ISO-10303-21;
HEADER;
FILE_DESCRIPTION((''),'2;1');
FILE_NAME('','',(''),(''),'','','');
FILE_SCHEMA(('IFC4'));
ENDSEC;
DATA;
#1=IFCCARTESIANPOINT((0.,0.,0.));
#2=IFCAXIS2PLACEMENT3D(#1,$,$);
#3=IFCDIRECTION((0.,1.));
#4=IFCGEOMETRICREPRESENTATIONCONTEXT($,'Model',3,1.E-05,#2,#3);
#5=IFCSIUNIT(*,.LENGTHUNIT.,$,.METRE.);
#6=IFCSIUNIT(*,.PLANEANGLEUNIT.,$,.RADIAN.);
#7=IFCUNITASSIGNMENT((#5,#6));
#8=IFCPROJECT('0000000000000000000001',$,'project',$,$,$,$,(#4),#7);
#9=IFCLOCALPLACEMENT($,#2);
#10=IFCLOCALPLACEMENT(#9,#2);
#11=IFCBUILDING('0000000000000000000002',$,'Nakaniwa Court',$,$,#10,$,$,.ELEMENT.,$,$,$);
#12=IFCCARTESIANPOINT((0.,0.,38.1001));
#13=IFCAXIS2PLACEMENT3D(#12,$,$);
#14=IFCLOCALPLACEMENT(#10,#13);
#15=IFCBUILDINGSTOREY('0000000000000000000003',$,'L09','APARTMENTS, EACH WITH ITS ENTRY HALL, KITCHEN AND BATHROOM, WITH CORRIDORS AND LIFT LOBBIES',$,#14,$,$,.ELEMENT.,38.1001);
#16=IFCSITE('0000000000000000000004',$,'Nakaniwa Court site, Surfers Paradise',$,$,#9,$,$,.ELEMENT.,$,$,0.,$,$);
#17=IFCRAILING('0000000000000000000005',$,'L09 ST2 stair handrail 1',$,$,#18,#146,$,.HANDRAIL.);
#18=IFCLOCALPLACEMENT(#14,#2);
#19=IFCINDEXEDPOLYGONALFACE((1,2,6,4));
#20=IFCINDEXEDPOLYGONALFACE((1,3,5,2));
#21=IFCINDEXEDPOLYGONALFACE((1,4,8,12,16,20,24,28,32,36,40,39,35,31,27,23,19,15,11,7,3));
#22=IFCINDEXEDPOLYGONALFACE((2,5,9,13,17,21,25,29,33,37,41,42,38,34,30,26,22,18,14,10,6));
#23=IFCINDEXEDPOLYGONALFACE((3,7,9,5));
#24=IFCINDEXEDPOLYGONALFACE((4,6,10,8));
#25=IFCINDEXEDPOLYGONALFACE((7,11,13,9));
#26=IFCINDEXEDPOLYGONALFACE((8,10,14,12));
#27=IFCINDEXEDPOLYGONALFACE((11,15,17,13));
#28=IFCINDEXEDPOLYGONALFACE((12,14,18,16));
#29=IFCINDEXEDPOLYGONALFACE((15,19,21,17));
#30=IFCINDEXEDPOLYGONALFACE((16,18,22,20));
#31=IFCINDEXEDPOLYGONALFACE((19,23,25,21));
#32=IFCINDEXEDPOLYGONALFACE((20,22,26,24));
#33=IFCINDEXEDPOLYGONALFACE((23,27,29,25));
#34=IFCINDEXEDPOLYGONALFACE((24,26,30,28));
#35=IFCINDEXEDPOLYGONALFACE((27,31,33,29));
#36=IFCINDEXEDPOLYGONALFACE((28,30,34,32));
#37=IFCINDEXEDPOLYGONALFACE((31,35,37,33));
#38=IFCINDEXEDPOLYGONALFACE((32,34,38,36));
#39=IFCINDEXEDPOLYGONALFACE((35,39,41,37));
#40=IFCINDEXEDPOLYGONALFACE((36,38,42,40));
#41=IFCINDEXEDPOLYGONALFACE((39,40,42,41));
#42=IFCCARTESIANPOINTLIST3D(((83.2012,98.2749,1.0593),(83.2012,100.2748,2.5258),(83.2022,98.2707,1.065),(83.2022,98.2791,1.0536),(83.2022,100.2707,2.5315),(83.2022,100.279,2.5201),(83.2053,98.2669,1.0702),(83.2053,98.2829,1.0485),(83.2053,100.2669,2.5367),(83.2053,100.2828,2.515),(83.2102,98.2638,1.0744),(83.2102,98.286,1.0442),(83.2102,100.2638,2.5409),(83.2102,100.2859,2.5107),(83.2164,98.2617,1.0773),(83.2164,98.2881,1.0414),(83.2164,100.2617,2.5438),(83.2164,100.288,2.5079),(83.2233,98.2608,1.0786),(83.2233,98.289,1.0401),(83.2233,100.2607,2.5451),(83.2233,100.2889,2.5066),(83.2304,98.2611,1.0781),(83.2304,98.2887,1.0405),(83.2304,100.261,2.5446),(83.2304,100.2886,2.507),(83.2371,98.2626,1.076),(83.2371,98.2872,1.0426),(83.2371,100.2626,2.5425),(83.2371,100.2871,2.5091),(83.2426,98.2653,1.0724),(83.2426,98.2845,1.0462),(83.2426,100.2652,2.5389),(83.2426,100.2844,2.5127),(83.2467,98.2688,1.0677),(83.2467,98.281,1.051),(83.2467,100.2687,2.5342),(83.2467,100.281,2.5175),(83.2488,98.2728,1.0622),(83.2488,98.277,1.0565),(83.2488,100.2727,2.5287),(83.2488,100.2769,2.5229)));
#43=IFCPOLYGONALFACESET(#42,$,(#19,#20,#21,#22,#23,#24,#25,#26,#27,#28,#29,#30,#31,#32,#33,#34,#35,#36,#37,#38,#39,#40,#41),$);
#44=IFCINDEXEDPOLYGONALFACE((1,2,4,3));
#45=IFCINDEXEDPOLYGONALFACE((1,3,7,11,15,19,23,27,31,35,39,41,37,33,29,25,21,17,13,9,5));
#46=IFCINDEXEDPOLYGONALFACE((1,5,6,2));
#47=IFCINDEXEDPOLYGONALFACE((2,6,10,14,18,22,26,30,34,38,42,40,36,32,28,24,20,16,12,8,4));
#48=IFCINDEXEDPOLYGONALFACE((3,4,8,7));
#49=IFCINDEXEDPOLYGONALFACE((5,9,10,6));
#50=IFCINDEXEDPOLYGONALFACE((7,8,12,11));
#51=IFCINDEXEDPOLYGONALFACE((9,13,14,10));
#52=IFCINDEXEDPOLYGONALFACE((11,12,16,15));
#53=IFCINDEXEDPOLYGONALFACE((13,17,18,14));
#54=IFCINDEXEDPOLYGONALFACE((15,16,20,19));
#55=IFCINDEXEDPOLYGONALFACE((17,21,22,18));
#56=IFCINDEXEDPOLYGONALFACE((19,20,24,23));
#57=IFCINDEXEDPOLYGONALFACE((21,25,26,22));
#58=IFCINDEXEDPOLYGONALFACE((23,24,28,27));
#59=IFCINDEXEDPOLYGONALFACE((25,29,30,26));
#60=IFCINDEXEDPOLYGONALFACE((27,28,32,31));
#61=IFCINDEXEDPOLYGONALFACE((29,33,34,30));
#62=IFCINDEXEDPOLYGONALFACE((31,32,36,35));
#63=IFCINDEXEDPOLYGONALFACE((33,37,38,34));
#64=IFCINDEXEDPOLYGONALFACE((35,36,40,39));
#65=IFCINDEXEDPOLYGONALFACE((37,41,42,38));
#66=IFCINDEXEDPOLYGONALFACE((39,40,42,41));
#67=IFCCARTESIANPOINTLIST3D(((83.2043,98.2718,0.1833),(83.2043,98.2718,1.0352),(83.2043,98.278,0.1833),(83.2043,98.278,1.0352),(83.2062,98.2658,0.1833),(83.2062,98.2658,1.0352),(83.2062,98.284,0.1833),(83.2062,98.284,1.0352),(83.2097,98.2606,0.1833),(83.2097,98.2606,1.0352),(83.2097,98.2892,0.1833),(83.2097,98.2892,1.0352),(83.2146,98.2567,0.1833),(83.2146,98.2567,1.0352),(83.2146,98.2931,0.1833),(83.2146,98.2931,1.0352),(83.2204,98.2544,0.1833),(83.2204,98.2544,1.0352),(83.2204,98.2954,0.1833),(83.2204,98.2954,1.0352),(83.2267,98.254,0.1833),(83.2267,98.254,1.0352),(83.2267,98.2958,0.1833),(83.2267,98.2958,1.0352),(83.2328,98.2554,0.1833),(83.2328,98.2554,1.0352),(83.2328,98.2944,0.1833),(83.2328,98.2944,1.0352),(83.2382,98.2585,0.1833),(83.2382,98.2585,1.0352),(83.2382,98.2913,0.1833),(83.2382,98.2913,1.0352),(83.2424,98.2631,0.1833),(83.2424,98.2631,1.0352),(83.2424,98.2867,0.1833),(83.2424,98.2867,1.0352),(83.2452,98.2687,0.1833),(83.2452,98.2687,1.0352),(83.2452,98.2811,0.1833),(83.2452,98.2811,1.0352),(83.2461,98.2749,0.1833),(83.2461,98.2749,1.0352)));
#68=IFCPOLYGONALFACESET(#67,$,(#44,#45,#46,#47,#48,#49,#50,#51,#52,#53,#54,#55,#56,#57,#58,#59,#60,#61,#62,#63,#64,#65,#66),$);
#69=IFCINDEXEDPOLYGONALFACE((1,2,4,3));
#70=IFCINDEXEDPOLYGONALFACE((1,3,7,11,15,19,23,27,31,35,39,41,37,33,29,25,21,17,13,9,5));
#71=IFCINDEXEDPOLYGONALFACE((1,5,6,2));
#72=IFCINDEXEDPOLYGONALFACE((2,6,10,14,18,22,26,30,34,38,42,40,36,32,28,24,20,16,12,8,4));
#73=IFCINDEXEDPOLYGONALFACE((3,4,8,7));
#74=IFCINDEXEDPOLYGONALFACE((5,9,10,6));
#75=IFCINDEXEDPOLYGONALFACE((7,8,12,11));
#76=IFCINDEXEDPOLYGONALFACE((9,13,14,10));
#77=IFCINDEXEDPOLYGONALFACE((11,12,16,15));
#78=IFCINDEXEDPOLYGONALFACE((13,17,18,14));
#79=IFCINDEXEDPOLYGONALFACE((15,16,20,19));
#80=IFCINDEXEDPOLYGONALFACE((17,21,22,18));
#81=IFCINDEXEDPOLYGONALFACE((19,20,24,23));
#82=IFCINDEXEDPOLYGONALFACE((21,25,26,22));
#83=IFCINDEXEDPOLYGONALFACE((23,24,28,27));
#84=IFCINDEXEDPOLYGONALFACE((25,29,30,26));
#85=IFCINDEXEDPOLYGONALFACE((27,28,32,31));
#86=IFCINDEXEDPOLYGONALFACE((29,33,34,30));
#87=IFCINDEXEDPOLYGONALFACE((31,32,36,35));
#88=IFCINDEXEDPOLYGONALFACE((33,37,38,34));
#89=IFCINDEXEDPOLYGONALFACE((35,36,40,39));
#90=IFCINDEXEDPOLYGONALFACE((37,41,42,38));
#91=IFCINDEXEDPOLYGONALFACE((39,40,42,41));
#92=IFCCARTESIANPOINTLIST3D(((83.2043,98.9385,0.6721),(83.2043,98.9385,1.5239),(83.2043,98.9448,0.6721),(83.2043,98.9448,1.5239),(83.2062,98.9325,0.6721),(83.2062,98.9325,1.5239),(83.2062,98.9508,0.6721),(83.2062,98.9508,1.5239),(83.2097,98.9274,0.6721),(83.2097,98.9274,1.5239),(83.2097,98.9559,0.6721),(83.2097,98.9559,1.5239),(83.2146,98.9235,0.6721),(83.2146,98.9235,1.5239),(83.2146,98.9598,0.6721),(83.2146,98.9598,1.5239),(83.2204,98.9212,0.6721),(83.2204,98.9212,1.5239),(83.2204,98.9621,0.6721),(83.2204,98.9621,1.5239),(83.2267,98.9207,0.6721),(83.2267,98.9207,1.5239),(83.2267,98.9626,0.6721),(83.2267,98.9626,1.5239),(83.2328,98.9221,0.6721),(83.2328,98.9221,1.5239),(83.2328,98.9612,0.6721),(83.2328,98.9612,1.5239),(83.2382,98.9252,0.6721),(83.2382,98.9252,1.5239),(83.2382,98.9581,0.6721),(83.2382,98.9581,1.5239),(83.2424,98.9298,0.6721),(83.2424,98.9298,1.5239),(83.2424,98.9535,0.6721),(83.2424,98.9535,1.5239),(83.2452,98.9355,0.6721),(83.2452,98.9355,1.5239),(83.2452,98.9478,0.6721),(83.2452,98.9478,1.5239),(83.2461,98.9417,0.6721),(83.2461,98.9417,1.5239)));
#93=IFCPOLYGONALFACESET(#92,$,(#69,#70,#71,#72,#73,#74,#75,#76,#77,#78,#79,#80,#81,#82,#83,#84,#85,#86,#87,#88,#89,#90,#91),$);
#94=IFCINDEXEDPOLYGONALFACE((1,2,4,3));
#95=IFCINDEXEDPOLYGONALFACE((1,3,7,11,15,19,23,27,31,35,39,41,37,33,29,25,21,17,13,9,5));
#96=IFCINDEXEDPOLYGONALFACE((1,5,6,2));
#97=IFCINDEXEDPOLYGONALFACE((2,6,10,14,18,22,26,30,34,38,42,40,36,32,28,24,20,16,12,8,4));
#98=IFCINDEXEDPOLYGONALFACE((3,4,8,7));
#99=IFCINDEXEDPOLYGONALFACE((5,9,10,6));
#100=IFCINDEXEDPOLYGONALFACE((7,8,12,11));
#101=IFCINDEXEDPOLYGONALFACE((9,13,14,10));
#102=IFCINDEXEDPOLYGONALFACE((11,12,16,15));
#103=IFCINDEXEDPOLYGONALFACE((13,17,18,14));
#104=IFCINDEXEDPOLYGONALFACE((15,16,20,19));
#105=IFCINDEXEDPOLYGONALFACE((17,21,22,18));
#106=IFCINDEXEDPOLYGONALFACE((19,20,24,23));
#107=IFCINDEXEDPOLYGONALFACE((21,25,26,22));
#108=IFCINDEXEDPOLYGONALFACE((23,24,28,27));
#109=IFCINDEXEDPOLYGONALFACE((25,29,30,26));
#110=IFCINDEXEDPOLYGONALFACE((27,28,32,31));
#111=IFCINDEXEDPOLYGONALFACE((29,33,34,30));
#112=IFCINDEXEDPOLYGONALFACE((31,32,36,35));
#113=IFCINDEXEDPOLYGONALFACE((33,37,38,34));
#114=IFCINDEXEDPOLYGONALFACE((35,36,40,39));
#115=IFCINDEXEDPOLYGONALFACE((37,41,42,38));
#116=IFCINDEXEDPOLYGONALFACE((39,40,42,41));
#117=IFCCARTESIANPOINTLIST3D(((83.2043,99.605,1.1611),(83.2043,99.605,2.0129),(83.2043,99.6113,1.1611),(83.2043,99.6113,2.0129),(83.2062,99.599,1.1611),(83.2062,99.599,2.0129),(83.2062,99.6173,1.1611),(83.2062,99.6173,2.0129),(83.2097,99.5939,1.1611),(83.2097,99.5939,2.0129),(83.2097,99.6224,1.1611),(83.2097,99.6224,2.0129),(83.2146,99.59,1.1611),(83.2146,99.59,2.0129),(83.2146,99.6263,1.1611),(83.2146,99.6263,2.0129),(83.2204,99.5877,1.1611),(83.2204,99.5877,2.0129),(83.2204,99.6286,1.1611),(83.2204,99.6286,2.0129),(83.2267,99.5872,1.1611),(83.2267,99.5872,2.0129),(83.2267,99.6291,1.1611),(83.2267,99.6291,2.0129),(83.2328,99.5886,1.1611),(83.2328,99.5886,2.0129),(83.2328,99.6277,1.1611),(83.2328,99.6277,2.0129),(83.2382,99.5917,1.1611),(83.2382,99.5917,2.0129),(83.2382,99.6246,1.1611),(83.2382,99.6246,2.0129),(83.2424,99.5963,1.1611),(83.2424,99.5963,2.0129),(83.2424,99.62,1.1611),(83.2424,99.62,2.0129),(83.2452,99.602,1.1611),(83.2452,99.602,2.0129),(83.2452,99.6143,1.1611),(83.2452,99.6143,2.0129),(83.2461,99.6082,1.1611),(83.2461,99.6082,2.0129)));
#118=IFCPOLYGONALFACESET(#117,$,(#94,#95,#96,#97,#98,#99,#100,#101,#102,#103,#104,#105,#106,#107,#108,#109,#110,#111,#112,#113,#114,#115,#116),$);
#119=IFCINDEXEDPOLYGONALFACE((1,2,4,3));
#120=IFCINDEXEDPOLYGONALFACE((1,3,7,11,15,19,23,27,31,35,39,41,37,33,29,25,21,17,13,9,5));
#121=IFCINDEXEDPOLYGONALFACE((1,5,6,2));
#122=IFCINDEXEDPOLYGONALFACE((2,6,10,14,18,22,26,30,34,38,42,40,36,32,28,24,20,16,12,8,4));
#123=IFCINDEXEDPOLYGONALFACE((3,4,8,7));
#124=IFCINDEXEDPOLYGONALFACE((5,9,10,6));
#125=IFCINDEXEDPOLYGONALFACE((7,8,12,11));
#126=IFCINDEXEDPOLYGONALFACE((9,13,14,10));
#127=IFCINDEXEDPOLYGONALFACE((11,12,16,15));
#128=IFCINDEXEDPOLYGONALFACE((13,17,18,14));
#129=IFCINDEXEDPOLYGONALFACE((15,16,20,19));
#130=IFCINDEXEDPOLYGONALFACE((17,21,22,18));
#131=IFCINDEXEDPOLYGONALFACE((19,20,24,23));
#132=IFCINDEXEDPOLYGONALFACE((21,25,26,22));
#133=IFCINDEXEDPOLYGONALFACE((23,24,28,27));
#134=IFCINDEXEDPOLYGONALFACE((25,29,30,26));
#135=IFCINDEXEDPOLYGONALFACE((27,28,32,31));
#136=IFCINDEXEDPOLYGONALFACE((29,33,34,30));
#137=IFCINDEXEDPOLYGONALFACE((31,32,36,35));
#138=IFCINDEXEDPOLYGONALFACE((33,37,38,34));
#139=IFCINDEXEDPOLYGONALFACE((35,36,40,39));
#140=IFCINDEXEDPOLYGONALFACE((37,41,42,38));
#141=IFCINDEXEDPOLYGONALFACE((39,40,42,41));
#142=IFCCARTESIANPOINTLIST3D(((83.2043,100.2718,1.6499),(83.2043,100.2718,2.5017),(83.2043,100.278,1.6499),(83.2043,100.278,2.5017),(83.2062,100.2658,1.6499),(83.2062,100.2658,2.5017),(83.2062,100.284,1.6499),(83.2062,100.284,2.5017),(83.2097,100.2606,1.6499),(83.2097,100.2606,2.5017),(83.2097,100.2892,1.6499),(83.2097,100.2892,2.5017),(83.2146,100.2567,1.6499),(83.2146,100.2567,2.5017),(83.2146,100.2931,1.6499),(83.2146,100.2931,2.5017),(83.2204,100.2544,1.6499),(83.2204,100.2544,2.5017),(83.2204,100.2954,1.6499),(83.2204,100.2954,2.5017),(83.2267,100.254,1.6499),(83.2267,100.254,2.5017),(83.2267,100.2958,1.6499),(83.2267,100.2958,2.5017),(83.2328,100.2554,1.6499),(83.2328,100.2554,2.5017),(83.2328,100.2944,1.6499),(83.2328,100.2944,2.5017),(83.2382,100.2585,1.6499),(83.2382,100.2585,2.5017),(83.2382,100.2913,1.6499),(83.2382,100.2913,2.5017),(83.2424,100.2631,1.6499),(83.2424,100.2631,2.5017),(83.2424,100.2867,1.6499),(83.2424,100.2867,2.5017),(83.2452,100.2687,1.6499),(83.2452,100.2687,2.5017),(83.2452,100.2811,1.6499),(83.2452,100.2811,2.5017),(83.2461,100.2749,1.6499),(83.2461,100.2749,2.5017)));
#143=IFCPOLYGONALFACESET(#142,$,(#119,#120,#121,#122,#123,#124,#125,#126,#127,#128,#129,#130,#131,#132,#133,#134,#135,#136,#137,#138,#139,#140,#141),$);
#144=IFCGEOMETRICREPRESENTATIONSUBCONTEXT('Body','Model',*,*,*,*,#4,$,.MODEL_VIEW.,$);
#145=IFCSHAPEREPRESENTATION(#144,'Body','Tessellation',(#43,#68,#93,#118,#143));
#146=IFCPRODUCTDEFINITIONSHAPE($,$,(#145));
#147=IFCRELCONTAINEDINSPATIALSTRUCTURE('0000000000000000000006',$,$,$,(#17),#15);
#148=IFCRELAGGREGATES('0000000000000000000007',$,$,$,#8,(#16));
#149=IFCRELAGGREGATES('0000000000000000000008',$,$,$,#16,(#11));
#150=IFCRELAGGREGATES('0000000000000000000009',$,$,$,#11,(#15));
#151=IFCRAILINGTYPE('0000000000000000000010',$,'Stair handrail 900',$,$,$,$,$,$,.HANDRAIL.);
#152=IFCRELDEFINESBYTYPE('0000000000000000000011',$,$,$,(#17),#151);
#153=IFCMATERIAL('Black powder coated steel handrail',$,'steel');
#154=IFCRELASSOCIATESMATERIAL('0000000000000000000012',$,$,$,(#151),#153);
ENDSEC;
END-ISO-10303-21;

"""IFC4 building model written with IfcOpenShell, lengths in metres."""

from ifc_helpers import new_model, si_unit, direction, frame, origin, origin_2d, place, context, subcontext, project, spatial, circle, extrude, material, type_object, element, save


model = new_model("IFC4")

# Units and contexts
model_context = context("Model", 3, precision=1e-05, world=origin(), true_north=direction((0.0, 1.0)))
body_context = subcontext(model_context, "Body", "Model", "MODEL_VIEW")
ifc_project = project(units=[si_unit("LENGTHUNIT", "METRE"), si_unit("PLANEANGLEUNIT", "RADIAN")], contexts=[model_context])

# Site, building, storey
site_placement = place(None, origin())
site = spatial("IfcSite", under=ifc_project, at=site_placement, Name="Nakaniwa Court site, Surfers Paradise", CompositionType="ELEMENT", RefElevation=0.0)
building_placement = place(site_placement, origin())
building = spatial("IfcBuilding", under=site, at=building_placement, Name="Nakaniwa Court", CompositionType="ELEMENT")
storey_placement = place(building_placement, frame((0.0, 0.0, 38.1001)))
storey = spatial("IfcBuildingStorey", under=building, at=storey_placement, Name="L09", Description="APARTMENTS, EACH WITH ITS ENTRY HALL, KITCHEN AND BATHROOM, WITH CORRIDORS AND LIFT LOBBIES", CompositionType="ELEMENT", Elevation=38.1001)

# Railing
ifc_material_1 = material(Name="Black powder coated steel handrail", Category="steel")
railing_type_1 = type_object("IfcRailingType", Name="Stair handrail 900", PredefinedType="HANDRAIL", material=ifc_material_1)
railing_1_placement = place(storey_placement, frame((83.2251, 98.2749, 0.1833)))
element("IfcRailing", 1, at=railing_1_placement, inside=storey, type_object=railing_type_1, Name="L09 ST2 stair handrail 1", PredefinedType="HANDRAIL", context=body_context, shape_type="SweptSolid", body=[
    extrude(circle(Radius=0.0239, at=origin_2d()), frame((0.0, 0.0, 0.876), z_axis=(0.0, 0.806427, 0.591334), x_axis=(-1.0, 0.0, 0.0)), (0.0, 0.0, 1.0), 2.48),
    extrude(circle(Radius=0.021, at=origin_2d()), origin(), (0.0, 0.0, 1.0), 0.8518),
    extrude(circle(Radius=0.021, at=origin_2d()), frame((0.0, 0.6667, 0.4888)), (0.0, 0.0, 1.0), 0.8518),
    extrude(circle(Radius=0.021, at=origin_2d()), frame((0.0, 1.3333, 0.9778)), (0.0, 0.0, 1.0), 0.8518),
    extrude(circle(Radius=0.021, at=origin_2d()), frame((0.0, 2.0, 1.4666)), (0.0, 0.0, 1.0), 0.8518),
])

save(model, "model.ifc")
